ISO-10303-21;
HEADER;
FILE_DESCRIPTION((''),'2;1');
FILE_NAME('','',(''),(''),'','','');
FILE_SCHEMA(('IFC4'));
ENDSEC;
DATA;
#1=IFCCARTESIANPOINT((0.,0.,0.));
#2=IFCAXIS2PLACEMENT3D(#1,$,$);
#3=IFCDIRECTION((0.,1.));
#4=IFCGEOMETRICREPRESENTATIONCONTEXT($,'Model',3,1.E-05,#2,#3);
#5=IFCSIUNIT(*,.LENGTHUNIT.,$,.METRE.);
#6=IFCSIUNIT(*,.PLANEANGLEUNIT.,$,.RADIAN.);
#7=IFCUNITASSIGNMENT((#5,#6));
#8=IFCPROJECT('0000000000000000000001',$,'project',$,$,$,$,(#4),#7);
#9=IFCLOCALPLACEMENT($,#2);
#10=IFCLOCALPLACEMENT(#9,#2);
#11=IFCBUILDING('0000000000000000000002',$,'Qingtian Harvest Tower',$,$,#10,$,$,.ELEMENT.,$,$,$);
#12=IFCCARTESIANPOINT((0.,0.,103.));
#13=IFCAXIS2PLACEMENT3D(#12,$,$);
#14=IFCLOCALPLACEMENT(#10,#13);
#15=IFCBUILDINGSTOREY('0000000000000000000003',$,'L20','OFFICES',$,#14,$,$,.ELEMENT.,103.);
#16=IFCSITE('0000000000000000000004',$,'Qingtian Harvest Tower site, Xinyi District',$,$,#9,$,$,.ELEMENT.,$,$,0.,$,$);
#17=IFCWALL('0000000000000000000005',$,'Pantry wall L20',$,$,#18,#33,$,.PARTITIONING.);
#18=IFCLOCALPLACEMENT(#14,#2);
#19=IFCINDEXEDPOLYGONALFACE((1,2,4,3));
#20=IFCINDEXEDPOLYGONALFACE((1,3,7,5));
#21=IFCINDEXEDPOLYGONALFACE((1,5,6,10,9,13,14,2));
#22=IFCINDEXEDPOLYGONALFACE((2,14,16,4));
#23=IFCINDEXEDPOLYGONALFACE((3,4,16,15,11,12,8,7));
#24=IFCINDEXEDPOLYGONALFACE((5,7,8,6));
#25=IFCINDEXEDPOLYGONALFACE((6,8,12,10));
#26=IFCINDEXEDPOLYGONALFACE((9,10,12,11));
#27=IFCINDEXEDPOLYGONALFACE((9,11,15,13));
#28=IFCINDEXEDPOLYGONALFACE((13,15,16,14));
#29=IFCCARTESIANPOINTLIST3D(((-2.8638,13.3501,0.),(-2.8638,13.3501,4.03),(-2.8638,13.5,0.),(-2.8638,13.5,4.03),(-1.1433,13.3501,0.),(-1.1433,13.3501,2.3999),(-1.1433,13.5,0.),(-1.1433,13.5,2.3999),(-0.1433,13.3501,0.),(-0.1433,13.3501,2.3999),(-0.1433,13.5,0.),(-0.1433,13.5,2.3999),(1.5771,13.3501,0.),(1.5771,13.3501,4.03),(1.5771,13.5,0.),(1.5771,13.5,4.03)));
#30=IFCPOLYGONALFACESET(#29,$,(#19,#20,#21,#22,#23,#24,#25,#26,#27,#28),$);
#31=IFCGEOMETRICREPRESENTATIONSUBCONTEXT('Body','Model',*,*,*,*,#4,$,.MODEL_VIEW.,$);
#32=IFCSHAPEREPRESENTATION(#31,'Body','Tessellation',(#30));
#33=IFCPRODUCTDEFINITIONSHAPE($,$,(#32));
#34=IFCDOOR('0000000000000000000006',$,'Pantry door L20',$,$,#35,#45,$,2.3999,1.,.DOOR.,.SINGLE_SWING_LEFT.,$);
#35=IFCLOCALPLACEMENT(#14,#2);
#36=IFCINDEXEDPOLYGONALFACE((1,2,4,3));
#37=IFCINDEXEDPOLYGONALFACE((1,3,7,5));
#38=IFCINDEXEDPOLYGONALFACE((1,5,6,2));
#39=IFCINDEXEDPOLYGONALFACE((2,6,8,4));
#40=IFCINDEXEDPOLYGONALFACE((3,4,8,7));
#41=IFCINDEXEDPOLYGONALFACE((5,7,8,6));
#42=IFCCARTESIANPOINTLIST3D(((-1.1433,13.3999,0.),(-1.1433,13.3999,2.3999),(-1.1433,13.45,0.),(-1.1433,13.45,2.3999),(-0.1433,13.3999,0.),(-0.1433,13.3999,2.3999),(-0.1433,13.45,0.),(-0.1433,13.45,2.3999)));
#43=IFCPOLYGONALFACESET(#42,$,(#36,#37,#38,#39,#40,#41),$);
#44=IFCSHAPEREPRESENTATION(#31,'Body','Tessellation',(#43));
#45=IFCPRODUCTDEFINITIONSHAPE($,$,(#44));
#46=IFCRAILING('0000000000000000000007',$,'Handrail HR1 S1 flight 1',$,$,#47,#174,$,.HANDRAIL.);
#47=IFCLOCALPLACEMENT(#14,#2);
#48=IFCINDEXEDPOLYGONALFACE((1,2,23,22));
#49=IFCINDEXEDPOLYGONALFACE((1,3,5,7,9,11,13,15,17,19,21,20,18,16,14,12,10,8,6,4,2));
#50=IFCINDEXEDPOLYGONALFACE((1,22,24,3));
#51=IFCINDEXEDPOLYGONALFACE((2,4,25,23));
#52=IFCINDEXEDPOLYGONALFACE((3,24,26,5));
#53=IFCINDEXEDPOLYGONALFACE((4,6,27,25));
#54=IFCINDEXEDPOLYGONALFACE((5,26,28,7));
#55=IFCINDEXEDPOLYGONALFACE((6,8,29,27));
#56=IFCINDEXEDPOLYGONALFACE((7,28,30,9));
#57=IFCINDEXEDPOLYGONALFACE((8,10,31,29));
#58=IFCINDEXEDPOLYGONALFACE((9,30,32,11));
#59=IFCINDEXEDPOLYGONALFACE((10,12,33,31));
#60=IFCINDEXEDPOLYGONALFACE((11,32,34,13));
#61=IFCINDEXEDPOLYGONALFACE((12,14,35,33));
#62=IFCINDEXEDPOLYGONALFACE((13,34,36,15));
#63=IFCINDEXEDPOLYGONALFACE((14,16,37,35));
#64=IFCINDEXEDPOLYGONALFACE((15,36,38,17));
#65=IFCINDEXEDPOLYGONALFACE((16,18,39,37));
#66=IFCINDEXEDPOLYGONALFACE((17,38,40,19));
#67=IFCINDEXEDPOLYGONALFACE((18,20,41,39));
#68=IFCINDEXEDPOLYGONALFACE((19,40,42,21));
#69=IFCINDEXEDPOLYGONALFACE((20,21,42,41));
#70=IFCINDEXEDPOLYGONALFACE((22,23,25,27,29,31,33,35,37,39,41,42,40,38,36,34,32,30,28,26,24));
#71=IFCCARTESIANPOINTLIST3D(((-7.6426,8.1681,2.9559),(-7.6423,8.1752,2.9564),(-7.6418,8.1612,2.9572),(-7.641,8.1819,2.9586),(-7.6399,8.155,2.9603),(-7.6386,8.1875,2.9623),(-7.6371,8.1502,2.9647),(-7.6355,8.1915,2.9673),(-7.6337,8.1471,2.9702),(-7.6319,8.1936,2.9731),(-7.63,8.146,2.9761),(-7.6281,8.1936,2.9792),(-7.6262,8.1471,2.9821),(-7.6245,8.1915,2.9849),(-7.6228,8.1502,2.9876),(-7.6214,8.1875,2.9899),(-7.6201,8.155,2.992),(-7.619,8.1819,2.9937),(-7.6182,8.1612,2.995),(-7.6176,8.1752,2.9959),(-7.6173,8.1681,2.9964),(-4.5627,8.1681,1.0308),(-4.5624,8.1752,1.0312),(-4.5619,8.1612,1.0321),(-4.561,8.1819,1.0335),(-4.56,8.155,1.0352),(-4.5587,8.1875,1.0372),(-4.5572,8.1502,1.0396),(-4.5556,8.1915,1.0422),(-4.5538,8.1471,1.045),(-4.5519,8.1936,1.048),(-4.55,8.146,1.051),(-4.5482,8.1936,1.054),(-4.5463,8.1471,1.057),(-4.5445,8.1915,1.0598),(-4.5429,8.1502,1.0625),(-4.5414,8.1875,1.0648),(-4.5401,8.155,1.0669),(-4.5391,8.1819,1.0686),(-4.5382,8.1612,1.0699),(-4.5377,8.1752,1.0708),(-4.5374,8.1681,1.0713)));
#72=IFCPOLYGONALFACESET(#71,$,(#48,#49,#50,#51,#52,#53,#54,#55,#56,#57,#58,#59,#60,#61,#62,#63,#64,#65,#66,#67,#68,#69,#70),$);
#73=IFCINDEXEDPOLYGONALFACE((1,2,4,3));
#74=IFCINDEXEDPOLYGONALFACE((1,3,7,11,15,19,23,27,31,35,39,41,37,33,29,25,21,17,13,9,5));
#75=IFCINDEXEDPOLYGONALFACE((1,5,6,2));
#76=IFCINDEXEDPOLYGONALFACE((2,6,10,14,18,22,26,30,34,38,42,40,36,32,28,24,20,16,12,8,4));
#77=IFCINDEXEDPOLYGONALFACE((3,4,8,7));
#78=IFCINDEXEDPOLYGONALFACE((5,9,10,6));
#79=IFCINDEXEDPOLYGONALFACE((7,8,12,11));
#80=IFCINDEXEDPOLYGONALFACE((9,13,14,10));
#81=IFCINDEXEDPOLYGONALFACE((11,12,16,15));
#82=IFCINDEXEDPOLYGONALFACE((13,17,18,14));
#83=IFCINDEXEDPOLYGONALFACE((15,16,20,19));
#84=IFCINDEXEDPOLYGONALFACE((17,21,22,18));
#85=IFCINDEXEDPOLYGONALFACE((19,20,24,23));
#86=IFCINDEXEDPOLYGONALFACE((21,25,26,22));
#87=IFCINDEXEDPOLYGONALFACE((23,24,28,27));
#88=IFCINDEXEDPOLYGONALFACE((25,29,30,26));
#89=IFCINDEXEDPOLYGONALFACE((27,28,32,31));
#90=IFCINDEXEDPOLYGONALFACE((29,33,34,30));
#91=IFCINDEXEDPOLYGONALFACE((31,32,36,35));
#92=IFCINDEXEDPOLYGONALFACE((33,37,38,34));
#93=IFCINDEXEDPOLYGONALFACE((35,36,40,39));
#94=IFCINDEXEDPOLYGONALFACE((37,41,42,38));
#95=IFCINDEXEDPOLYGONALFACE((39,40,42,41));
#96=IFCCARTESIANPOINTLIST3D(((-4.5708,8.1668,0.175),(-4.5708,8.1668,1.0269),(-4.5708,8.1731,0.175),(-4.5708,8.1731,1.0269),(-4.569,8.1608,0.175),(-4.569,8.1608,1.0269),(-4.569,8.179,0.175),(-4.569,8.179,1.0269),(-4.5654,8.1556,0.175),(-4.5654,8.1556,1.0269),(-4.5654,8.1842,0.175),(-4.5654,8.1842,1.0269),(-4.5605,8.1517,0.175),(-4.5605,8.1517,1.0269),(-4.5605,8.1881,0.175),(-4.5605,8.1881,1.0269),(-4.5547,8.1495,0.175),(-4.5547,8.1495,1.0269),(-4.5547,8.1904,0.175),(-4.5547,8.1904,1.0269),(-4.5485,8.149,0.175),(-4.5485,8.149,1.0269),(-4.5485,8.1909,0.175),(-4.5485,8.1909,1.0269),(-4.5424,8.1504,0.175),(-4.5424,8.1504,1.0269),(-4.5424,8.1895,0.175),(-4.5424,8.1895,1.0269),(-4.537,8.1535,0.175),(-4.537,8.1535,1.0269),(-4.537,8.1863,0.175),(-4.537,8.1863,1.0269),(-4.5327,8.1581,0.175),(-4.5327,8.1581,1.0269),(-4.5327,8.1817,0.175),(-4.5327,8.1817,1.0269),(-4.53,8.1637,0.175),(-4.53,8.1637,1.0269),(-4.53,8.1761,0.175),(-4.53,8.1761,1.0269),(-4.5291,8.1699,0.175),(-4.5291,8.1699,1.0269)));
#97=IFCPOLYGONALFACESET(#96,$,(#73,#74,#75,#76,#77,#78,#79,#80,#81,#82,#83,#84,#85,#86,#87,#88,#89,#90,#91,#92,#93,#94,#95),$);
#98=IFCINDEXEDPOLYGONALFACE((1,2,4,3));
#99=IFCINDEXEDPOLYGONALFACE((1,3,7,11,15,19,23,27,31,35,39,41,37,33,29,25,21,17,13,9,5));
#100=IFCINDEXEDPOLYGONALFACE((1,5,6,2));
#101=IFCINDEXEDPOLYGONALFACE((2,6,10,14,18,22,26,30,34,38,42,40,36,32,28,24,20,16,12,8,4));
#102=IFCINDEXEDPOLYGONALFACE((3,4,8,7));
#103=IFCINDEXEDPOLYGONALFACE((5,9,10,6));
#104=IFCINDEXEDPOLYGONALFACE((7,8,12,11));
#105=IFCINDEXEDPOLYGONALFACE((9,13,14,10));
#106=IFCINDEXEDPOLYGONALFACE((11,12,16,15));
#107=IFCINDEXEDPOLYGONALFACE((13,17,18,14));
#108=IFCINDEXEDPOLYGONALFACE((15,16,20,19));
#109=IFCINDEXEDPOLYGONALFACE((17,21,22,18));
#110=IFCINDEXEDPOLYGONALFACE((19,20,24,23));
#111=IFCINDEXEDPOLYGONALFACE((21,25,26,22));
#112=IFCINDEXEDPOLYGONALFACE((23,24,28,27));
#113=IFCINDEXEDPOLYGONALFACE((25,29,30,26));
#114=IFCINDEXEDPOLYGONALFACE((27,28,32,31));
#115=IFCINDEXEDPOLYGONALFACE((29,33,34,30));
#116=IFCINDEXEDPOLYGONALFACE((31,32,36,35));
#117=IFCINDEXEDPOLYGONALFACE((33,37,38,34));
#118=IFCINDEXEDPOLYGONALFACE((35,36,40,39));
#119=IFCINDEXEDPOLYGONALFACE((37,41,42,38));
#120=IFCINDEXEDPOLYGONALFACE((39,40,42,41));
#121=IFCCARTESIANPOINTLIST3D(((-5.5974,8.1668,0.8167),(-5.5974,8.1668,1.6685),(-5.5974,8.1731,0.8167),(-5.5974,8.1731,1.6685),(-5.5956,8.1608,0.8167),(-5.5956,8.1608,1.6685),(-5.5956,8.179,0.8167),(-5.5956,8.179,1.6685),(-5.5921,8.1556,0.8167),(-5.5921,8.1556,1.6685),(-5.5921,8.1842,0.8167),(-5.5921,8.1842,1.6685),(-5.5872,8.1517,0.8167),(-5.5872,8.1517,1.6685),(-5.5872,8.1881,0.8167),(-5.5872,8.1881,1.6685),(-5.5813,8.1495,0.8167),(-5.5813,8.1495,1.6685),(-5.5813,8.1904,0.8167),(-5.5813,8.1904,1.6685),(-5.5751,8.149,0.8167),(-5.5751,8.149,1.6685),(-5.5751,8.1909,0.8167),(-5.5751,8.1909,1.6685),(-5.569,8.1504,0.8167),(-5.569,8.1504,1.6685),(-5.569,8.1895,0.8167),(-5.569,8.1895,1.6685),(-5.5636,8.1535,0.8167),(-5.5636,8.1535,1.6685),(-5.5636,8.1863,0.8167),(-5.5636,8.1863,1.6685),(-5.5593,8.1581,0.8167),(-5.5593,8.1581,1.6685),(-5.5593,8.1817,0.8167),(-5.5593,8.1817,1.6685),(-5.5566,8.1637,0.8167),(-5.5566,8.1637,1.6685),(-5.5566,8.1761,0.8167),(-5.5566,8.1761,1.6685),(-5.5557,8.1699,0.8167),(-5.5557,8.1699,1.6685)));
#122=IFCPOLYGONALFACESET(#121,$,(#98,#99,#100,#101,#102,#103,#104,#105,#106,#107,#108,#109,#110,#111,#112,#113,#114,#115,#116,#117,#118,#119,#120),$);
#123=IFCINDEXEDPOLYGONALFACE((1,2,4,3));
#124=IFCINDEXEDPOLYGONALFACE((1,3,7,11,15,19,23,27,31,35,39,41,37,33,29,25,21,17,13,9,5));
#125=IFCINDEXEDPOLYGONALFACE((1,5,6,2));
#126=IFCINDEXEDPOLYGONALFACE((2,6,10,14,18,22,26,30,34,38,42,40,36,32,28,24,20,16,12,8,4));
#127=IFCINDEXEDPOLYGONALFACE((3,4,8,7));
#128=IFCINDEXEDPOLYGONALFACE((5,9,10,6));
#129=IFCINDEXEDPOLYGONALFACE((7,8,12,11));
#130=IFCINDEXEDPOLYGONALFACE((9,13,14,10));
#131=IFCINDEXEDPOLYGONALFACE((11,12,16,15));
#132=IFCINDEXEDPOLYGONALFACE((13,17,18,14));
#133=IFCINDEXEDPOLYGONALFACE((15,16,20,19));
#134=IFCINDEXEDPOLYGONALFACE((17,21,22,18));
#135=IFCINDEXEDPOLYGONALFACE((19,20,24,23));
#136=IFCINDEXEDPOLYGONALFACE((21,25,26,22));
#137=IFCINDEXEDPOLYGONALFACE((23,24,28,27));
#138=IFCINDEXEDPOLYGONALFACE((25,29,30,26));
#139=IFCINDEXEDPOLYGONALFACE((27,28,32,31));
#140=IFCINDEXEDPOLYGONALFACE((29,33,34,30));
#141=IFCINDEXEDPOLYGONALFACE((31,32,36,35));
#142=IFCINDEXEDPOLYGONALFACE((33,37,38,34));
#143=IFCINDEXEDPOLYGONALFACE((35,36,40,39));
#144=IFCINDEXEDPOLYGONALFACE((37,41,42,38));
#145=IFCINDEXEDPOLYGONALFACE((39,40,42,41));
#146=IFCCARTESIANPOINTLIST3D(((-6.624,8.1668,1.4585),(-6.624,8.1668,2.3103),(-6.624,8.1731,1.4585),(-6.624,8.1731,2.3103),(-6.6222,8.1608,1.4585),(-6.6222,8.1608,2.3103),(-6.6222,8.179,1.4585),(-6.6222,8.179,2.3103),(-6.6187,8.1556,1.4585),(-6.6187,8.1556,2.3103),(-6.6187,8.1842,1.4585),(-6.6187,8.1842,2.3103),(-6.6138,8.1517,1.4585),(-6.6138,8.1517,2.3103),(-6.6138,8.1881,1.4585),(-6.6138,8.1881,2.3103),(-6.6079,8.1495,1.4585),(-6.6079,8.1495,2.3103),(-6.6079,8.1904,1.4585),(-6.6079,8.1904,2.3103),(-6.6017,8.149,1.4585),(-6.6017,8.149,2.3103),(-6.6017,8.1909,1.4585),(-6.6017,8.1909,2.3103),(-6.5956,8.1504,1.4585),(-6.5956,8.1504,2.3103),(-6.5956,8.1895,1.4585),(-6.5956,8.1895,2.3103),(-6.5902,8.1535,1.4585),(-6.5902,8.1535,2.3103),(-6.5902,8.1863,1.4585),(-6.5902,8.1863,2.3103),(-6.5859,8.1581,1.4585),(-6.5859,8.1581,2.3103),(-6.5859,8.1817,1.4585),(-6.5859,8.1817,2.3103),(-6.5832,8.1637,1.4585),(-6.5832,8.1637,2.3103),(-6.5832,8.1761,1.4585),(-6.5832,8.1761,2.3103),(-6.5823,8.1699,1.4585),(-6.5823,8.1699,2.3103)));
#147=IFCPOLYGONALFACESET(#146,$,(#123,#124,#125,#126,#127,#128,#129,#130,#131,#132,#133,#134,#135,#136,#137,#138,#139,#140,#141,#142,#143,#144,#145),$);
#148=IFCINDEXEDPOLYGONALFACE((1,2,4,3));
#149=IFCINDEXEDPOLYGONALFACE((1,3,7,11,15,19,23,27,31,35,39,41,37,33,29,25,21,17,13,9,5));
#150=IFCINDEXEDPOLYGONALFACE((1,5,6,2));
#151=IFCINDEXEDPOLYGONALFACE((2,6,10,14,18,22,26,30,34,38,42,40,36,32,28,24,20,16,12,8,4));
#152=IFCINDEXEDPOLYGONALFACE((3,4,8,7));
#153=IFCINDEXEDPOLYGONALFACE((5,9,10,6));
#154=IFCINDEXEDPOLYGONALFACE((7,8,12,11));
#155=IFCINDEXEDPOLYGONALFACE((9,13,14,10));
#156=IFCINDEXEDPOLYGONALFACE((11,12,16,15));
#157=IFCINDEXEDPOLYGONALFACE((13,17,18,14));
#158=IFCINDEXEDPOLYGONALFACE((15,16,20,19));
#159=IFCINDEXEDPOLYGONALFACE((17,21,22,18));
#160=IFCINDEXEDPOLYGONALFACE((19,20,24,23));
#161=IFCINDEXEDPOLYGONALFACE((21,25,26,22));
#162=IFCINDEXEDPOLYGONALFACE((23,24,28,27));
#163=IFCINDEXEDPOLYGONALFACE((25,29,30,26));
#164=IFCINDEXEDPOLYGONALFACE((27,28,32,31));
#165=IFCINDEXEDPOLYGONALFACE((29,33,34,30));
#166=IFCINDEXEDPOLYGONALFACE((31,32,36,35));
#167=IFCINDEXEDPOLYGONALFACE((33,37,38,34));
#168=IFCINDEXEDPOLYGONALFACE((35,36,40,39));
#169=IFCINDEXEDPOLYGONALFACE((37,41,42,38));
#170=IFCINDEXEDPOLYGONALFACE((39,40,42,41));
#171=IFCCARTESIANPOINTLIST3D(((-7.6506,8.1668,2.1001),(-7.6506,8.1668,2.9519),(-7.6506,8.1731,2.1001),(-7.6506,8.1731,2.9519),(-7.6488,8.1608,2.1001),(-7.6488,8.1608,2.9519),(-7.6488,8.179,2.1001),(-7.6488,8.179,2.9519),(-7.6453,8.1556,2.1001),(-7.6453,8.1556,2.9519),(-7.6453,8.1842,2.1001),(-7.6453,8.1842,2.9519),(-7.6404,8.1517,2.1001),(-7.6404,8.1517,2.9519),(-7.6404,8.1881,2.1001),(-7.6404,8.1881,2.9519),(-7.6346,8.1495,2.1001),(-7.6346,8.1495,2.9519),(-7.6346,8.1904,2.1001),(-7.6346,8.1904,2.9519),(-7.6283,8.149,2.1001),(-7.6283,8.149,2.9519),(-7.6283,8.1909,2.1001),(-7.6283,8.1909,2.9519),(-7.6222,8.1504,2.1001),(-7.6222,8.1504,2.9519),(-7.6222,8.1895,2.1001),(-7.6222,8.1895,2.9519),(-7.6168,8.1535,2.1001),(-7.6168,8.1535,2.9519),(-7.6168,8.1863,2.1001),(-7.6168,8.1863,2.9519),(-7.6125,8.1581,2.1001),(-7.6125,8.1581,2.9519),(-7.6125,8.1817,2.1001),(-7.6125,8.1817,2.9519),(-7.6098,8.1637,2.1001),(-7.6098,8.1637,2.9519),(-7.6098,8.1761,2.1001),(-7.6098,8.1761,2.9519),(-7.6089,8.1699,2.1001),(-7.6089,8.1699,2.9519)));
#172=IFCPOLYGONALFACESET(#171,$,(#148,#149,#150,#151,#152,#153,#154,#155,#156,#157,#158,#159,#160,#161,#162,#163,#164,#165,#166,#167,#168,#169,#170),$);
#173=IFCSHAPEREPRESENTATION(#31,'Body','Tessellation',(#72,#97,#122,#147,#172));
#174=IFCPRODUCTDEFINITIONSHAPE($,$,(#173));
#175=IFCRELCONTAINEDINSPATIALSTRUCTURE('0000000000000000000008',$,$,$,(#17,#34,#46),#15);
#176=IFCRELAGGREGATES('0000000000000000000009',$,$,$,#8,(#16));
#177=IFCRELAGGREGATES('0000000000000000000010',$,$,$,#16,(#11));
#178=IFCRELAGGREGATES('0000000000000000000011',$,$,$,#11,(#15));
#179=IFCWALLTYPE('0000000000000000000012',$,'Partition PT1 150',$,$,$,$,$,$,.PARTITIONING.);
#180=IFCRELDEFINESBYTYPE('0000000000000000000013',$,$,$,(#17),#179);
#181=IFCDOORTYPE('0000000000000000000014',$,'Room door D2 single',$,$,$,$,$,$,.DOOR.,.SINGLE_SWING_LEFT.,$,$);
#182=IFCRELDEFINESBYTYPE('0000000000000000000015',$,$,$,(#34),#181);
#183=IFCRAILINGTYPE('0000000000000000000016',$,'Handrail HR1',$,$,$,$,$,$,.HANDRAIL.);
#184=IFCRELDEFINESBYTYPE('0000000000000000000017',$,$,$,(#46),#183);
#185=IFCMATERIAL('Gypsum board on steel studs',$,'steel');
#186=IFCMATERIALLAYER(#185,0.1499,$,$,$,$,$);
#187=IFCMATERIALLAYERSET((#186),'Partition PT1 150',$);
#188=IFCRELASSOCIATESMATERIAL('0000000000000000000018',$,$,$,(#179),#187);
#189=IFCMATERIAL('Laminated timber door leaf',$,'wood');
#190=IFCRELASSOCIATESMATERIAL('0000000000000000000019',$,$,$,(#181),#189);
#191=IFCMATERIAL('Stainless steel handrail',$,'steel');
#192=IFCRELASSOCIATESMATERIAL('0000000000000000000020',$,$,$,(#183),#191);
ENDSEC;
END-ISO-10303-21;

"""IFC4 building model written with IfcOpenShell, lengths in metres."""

from ifc_helpers import new_model, si_unit, direction, frame, frame_2d, origin, origin_2d, place, context, subcontext, project, spatial, rectangle, circle, extrude, material, layer, layer_set, type_object, element, fill, save


model = new_model("IFC4")

# Units and contexts
model_context = context("Model", 3, precision=1e-05, world=origin(), true_north=direction((0.0, 1.0)))
body_context = subcontext(model_context, "Body", "Model", "MODEL_VIEW")
ifc_project = project(units=[si_unit("LENGTHUNIT", "METRE"), si_unit("PLANEANGLEUNIT", "RADIAN")], contexts=[model_context])

# Site, building, storey
site_placement = place(None, origin())
site = spatial("IfcSite", under=ifc_project, at=site_placement, Name="Qingtian Harvest Tower site, Xinyi District", CompositionType="ELEMENT", RefElevation=0.0)
building_placement = place(site_placement, origin())
building = spatial("IfcBuilding", under=site, at=building_placement, Name="Qingtian Harvest Tower", CompositionType="ELEMENT")
storey_placement = place(building_placement, frame((0.0, 0.0, 103.0)))
storey = spatial("IfcBuildingStorey", under=building, at=storey_placement, Name="L20", Description="OFFICES", CompositionType="ELEMENT", Elevation=103.0)

# Shared definitions
ifc_material_1 = material(Name="Gypsum board on steel studs", Category="steel")
ifc_layer_1 = layer(ifc_material_1, 0.1499)
ifc_layer_set_1 = layer_set([ifc_layer_1], Name="Partition PT1 150")
wall_type_1 = type_object("IfcWallType", Name="Partition PT1 150", PredefinedType="PARTITIONING", material=ifc_layer_set_1)

# Wall, opening, door
wall_1_placement = place(storey_placement, frame((-2.8638, 13.425, 0.0), z_axis=(0.0, 0.0, 1.0), x_axis=(1.0, 0.0, 0.0)))
wall_1 = element("IfcWall", 1, at=wall_1_placement, inside=storey, type_object=wall_type_1, Name="Pantry wall L20", PredefinedType="PARTITIONING", context=body_context, shape_type="SweptSolid", body=[
    extrude(rectangle(XDim=4.4409, YDim=0.1499, at=frame_2d((2.2205, 0.0))), origin(), (0.0, 0.0, 1.0), 4.03),
])
opening_1_placement = place(wall_1_placement, frame((1.7205, 0.0, 0.0)))
opening_1 = element("IfcOpeningElement", 2, at=opening_1_placement, cuts=wall_1, PredefinedType="OPENING", context=body_context, shape_type="SweptSolid", body=[
    extrude(rectangle(XDim=1.0, YDim=2.3999, at=frame_2d((0.5, 1.2))), frame((0.0, 0.085, 0.0), z_axis=(0.0, -1.0, 0.0), x_axis=(1.0, 0.0, 0.0)), (0.0, 0.0, 1.0), 0.1699),
])
ifc_material_2 = material(Name="Laminated timber door leaf", Category="wood")
door_type_1 = type_object("IfcDoorType", Name="Room door D2 single", OperationType="SINGLE_SWING_LEFT", PredefinedType="DOOR", material=ifc_material_2)
door_1_placement = place(opening_1_placement, origin())
door_1 = element("IfcDoor", 3, at=door_1_placement, inside=storey, type_object=door_type_1, Name="Pantry door L20", OperationType="SINGLE_SWING_LEFT", OverallHeight=2.3999, OverallWidth=1.0, PredefinedType="DOOR", context=body_context, shape_type="SweptSolid", body=[
    extrude(rectangle(XDim=1.0, YDim=2.3999, at=frame_2d((0.5, 1.2))), frame((0.0, 0.0249, 0.0), z_axis=(0.0, -1.0, 0.0), x_axis=(1.0, 0.0, 0.0)), (0.0, 0.0, 1.0), 0.05),
])
fill(opening_1, door_1)

# Railing
ifc_material_3 = material(Name="Stainless steel handrail", Category="steel")
railing_type = type_object("IfcRailingType", Name="Handrail HR1", PredefinedType="HANDRAIL", material=ifc_material_3)
railing_placement = place(storey_placement, frame((-4.55, 8.1699, 0.175)))
element("IfcRailing", 4, at=railing_placement, inside=storey, type_object=railing_type, Name="Handrail HR1 S1 flight 1", PredefinedType="HANDRAIL", context=body_context, shape_type="SweptSolid", body=[
    extrude(circle(Radius=0.0239, at=origin_2d()), frame((0.0, 0.0, 0.876), z_axis=(-0.847979, 0.0, 0.530029), x_axis=(0.0, -1.0, 0.0)), (0.0, 0.0, 1.0), 3.6321),
    extrude(circle(Radius=0.021, at=origin_2d()), origin(), (0.0, 0.0, 1.0), 0.8518),
    extrude(circle(Radius=0.021, at=origin_2d()), frame((-1.0266, 0.0, 0.6416)), (0.0, 0.0, 1.0), 0.8518),
    extrude(circle(Radius=0.021, at=origin_2d()), frame((-2.0532, 0.0, 1.2834)), (0.0, 0.0, 1.0), 0.8518),
    extrude(circle(Radius=0.021, at=origin_2d()), frame((-3.0798, 0.0, 1.925)), (0.0, 0.0, 1.0), 0.8518),
])

save(model, "model.ifc")
